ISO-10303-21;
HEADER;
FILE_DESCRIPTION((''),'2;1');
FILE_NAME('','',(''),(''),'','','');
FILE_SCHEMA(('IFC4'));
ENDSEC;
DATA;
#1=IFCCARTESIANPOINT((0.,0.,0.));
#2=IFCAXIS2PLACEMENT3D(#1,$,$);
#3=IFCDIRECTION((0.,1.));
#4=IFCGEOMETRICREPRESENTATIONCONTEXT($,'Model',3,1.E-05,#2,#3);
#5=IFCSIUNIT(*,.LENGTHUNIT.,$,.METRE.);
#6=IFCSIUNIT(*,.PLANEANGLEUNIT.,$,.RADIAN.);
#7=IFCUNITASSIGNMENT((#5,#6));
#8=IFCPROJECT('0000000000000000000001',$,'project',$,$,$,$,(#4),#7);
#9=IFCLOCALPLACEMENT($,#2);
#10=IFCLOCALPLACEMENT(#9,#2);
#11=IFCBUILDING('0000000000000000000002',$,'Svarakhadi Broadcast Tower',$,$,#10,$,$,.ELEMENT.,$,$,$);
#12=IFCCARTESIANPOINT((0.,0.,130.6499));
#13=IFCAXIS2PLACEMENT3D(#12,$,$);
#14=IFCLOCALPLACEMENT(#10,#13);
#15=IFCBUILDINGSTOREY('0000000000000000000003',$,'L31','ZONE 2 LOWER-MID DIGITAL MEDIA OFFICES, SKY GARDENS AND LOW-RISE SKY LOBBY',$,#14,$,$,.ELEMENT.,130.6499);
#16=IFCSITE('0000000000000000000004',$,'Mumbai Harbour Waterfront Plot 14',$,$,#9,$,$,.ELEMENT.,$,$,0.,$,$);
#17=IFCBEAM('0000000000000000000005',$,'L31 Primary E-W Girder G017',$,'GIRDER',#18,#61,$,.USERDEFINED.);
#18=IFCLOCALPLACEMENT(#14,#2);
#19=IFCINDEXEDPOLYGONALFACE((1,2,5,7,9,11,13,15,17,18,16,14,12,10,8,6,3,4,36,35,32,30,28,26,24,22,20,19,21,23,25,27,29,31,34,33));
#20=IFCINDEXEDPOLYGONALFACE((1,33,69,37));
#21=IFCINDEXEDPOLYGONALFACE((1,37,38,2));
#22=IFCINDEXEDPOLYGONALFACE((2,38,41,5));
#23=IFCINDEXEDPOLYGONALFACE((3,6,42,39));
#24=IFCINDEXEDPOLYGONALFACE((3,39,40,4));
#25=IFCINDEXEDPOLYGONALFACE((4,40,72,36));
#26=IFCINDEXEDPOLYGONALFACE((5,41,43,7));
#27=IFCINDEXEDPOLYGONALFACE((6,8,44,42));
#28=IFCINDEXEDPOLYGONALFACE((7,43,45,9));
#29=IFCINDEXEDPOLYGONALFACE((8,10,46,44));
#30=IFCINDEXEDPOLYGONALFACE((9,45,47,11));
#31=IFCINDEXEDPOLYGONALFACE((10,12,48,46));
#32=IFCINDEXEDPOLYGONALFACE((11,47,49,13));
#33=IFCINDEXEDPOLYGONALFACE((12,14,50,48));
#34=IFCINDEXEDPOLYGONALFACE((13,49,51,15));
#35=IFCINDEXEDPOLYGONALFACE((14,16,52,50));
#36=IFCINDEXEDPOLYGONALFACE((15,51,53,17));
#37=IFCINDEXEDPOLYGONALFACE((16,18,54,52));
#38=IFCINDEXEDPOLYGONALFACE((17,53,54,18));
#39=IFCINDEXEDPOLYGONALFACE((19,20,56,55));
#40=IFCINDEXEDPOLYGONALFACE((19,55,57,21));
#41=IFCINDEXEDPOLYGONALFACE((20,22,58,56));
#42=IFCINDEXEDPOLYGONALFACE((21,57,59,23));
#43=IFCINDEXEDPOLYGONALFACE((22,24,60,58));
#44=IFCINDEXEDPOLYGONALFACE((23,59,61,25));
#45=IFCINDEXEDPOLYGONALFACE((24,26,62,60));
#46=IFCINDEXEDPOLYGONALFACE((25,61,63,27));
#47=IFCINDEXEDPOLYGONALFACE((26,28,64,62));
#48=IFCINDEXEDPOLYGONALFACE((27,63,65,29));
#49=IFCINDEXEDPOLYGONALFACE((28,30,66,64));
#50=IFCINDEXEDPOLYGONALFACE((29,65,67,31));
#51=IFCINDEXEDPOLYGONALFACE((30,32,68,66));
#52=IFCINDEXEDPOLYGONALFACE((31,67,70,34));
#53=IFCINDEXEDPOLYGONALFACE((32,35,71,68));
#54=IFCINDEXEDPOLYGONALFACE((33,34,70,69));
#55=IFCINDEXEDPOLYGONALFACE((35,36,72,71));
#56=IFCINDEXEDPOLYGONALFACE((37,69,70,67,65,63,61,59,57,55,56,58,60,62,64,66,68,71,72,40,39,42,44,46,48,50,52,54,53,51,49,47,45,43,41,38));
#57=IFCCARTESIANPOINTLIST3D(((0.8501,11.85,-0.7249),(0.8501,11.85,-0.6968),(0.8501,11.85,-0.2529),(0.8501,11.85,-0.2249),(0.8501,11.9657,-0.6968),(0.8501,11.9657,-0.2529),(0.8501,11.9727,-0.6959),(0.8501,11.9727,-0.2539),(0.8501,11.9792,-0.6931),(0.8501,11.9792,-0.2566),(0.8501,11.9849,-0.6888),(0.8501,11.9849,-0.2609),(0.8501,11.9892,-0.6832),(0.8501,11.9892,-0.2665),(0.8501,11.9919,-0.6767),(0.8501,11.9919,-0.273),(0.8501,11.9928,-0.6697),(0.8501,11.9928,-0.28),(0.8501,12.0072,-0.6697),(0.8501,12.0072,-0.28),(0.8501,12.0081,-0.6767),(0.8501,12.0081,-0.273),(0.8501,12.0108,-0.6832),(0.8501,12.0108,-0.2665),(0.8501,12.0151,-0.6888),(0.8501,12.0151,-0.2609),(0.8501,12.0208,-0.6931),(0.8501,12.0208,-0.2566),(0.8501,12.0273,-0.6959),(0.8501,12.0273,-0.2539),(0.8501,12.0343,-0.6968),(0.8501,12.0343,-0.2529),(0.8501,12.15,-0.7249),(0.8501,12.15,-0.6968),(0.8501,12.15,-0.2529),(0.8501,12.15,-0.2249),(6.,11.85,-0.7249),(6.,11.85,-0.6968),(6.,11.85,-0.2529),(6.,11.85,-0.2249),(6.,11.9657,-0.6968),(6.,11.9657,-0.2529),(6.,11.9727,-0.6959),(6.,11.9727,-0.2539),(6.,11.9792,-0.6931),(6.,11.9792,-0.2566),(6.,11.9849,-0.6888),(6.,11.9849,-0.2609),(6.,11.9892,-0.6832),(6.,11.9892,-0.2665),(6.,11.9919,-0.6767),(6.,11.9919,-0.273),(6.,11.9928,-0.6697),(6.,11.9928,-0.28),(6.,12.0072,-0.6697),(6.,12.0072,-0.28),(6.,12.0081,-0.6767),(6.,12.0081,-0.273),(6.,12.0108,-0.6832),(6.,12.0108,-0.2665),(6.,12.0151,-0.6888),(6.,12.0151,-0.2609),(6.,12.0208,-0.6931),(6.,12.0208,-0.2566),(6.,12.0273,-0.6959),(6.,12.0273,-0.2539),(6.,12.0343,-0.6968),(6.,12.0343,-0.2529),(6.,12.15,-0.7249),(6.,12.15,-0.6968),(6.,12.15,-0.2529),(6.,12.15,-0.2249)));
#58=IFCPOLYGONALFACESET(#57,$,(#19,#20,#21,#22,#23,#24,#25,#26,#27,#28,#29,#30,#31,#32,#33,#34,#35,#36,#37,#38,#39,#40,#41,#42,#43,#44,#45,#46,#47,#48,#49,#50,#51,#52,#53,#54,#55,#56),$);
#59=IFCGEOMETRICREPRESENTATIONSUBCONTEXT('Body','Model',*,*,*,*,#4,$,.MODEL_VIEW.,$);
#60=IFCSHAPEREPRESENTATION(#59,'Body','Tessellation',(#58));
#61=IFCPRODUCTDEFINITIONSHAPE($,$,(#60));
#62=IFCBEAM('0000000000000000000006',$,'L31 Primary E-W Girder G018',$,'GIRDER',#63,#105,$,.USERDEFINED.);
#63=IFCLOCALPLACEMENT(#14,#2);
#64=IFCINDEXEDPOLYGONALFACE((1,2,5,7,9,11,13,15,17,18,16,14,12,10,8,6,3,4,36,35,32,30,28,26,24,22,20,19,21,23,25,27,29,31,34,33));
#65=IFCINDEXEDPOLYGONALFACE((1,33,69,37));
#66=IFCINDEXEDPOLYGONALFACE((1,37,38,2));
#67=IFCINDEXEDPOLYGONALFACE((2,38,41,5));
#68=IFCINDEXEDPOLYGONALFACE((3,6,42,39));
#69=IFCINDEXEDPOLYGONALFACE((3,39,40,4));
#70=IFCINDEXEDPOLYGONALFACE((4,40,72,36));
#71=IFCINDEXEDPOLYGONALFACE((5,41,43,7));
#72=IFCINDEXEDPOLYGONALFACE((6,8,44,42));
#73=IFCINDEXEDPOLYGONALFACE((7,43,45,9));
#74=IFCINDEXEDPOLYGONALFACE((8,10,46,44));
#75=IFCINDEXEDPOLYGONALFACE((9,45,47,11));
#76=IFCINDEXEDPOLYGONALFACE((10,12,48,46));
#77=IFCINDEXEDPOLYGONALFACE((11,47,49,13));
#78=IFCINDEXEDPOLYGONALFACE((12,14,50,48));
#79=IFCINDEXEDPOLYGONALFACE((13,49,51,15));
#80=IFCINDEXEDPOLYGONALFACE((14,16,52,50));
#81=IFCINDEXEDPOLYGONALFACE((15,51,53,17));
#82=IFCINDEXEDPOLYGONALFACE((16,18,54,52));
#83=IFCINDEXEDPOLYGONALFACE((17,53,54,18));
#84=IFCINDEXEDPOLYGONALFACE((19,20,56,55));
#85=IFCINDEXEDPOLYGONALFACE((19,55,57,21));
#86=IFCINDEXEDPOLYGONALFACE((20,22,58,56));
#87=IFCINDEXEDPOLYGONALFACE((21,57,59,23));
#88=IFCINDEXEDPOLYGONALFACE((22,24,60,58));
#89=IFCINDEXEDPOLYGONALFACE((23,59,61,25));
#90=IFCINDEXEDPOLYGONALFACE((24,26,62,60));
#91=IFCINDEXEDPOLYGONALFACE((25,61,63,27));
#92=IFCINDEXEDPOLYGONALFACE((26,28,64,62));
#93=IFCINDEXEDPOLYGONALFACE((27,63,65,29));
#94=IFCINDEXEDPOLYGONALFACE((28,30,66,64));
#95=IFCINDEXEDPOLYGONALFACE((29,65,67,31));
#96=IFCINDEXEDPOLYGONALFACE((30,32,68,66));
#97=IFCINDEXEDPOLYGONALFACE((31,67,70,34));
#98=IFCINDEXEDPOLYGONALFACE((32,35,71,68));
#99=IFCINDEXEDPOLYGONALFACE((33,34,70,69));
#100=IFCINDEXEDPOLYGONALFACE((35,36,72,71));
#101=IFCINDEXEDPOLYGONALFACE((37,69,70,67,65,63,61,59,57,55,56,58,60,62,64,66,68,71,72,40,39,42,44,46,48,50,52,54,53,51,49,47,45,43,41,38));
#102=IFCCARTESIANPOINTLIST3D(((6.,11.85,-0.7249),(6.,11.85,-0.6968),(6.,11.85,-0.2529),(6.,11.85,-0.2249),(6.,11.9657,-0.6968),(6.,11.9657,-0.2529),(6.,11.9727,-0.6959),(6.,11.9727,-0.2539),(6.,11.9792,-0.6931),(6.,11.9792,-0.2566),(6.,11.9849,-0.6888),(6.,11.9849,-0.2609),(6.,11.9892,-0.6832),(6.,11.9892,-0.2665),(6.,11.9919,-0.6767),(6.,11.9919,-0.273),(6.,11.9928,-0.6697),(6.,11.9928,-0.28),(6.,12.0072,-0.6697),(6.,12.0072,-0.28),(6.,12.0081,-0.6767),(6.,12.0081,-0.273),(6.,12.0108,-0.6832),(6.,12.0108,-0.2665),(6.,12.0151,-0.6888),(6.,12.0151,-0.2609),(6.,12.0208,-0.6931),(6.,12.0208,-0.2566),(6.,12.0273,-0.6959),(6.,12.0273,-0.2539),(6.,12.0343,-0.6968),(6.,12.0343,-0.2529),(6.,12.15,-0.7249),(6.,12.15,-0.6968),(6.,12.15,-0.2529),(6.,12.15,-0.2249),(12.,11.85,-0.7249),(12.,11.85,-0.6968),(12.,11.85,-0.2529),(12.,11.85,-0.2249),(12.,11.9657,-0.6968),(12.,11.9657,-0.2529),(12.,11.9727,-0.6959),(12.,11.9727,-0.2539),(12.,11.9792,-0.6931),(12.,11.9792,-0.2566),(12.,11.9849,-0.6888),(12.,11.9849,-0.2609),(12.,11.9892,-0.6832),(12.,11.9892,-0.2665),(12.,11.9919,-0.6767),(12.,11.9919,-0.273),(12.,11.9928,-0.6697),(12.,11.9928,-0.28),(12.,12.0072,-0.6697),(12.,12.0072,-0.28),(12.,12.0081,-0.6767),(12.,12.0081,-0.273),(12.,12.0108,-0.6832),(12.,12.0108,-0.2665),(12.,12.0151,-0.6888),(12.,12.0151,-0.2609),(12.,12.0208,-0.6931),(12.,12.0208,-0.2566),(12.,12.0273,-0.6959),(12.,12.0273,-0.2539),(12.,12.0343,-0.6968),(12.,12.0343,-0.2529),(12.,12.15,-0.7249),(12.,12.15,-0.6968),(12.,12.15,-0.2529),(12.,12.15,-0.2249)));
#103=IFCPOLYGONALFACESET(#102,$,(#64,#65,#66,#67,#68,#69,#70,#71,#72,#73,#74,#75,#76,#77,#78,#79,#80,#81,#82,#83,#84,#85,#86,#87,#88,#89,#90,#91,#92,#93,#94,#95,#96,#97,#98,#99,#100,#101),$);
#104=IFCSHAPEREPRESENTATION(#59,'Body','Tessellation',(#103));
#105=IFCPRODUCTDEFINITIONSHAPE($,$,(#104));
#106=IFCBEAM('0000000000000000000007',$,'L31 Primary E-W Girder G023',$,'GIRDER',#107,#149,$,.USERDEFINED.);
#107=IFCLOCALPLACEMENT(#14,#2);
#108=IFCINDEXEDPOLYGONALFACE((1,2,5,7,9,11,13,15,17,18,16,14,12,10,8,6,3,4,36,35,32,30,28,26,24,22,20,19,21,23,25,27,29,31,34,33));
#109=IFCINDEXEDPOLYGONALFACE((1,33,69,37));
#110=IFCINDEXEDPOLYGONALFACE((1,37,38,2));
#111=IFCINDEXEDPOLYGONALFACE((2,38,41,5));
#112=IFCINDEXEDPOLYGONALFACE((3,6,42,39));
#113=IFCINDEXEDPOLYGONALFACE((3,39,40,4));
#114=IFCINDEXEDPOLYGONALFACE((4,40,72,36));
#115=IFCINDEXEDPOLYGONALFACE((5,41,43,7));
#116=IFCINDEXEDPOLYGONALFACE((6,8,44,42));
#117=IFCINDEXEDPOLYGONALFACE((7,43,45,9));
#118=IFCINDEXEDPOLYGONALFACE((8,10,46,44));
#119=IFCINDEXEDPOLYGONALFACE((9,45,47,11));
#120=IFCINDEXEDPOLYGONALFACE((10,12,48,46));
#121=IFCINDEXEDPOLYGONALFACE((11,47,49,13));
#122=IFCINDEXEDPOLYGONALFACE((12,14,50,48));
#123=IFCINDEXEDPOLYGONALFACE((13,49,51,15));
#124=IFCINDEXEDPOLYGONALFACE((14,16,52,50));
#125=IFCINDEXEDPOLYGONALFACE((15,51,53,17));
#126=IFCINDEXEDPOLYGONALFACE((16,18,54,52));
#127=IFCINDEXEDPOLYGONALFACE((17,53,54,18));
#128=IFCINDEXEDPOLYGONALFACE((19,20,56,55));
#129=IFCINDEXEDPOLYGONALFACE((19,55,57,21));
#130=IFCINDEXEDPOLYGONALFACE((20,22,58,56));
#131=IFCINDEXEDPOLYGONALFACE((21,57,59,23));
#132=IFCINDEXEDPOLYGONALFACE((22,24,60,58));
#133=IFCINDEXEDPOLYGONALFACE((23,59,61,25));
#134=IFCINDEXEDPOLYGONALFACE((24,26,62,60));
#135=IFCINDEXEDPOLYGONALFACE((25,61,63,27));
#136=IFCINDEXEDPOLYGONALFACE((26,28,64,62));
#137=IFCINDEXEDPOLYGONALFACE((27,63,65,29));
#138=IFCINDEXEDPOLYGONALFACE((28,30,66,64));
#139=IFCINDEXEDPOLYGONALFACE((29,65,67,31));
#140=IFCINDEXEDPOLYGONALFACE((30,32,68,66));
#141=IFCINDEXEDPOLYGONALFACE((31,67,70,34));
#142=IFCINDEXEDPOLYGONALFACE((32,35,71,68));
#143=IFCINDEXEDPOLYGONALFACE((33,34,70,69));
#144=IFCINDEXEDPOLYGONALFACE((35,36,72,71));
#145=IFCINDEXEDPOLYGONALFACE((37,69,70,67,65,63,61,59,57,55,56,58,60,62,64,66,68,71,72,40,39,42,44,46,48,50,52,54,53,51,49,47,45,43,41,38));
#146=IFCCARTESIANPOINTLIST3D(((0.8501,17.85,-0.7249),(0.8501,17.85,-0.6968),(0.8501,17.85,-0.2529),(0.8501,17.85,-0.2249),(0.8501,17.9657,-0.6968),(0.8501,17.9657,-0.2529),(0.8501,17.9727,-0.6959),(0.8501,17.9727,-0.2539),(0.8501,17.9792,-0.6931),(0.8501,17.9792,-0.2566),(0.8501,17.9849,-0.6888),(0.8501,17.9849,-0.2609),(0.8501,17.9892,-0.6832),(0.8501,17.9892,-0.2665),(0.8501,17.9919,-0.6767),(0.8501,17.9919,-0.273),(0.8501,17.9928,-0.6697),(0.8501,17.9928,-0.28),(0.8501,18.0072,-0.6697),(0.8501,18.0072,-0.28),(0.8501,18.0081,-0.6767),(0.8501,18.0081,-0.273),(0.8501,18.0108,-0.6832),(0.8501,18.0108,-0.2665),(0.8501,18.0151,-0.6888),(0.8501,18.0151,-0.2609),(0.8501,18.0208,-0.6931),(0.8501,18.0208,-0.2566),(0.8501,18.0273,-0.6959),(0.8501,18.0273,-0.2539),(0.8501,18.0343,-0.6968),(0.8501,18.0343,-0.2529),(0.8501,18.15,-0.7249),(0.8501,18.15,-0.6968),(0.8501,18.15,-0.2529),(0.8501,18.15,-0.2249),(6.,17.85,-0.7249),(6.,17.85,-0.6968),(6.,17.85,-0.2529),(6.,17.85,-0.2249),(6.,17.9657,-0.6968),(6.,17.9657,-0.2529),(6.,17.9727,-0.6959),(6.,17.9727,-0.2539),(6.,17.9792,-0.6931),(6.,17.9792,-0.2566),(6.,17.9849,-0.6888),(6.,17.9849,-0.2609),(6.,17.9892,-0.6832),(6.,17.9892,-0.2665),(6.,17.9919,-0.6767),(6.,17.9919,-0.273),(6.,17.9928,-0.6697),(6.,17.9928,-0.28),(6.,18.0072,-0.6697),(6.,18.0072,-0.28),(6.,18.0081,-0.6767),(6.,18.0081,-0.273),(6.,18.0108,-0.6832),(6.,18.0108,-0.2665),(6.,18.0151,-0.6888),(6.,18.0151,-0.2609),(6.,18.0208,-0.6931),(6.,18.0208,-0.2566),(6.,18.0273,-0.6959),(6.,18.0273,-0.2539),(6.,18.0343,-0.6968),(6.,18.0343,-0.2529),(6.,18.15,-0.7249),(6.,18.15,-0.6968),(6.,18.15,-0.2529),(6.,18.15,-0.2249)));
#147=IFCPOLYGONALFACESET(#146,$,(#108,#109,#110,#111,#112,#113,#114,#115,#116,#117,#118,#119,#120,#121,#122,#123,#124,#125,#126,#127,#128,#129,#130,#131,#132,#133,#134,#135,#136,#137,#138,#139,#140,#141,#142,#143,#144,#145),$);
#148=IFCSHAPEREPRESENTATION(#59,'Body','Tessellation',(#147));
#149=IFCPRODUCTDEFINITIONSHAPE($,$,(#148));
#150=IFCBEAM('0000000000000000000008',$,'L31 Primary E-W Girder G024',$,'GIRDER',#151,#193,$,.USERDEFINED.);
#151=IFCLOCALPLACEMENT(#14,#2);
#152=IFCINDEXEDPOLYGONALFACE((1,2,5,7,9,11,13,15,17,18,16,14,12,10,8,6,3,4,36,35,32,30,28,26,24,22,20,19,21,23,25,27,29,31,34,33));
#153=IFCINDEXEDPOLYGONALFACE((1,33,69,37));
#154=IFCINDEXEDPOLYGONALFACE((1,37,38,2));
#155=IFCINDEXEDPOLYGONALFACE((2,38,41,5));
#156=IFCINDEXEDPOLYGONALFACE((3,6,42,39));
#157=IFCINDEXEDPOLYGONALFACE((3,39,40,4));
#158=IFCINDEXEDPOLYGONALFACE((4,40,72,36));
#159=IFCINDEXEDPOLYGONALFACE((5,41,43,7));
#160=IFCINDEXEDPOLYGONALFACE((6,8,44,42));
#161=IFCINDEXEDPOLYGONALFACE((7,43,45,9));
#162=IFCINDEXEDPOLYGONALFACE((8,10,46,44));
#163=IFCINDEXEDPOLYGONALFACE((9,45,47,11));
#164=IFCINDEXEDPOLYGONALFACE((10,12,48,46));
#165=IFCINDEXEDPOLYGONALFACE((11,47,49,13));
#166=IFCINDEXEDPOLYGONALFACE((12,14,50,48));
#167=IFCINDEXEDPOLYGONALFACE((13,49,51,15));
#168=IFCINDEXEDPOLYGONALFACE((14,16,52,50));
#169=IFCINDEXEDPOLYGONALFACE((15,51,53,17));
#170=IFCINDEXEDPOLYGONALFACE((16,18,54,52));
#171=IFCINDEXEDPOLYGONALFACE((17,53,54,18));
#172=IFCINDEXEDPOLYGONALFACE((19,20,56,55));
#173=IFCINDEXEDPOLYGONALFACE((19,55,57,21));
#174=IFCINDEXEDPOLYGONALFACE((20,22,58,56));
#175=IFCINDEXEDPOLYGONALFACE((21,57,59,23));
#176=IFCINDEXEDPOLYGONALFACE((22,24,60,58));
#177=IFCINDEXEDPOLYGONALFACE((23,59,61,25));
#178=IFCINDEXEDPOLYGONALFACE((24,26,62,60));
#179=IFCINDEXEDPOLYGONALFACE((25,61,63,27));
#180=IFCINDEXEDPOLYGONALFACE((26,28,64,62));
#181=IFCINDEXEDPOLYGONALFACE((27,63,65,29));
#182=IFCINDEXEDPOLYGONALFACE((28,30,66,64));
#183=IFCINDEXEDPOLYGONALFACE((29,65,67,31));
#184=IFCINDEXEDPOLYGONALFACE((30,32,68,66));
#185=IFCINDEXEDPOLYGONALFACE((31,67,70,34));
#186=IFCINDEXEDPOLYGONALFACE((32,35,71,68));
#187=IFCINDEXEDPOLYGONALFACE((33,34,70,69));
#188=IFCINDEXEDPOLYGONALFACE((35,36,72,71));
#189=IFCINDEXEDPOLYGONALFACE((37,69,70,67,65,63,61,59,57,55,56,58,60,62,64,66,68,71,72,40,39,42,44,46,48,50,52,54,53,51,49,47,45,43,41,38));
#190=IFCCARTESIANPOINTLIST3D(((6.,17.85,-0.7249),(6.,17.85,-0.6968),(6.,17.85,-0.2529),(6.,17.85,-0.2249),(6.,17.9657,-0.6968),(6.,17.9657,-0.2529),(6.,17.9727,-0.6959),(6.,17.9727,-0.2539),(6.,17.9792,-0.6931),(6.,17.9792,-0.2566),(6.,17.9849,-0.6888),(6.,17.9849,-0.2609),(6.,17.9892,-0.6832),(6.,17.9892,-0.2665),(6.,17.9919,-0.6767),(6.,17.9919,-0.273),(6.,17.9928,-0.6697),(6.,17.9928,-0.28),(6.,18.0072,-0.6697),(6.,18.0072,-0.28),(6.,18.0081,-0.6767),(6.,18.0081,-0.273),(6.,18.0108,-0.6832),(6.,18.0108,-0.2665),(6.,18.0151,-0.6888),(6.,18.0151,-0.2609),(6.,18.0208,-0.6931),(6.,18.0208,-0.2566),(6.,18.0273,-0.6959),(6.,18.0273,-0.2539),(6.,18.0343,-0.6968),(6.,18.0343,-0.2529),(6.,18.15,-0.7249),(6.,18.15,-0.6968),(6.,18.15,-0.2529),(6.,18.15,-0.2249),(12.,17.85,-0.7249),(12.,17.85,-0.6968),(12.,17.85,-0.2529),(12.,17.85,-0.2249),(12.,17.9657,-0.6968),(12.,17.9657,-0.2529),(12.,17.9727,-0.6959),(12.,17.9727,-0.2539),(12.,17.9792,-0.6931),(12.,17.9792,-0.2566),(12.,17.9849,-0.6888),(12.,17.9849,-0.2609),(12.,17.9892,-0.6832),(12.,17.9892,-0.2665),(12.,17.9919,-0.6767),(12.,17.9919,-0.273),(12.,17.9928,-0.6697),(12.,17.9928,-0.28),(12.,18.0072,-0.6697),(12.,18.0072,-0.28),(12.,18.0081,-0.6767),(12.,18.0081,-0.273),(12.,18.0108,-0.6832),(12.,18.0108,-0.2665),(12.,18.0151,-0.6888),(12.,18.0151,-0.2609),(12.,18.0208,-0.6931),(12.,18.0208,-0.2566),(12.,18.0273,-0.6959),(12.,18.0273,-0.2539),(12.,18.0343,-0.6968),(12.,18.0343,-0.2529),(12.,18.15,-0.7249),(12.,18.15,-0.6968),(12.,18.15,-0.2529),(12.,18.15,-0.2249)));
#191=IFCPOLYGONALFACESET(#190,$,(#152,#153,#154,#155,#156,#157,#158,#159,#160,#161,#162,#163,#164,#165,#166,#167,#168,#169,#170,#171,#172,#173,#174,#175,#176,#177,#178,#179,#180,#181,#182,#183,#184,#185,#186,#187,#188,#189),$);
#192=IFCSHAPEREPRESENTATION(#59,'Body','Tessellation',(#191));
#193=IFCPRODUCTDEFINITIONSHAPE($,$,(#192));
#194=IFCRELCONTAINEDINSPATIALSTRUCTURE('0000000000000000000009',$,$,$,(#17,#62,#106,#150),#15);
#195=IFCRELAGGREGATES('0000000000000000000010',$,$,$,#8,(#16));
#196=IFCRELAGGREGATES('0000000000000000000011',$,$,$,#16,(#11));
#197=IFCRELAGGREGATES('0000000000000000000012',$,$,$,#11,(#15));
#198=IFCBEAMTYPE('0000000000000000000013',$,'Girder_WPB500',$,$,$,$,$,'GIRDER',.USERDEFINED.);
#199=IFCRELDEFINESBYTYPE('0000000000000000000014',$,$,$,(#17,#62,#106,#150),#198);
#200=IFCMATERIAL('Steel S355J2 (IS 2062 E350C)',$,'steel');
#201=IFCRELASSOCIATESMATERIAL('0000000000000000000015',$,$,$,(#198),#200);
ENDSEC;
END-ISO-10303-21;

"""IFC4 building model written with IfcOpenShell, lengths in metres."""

from ifc_helpers import new_model, si_unit, direction, frame, origin, origin_2d, place, context, subcontext, project, spatial, i_section, extrude, material, material_profile, profile_set, type_object, element, save


model = new_model("IFC4")

# Units and contexts
model_context = context("Model", 3, precision=1e-05, world=origin(), true_north=direction((0.0, 1.0)))
body_context = subcontext(model_context, "Body", "Model", "MODEL_VIEW")
ifc_project = project(units=[si_unit("LENGTHUNIT", "METRE"), si_unit("PLANEANGLEUNIT", "RADIAN")], contexts=[model_context])

# Site, building, storey
site_placement = place(None, origin())
site = spatial("IfcSite", under=ifc_project, at=site_placement, Name="Mumbai Harbour Waterfront Plot 14", CompositionType="ELEMENT", RefElevation=0.0)
building_placement = place(site_placement, origin())
building = spatial("IfcBuilding", under=site, at=building_placement, Name="Svarakhadi Broadcast Tower", CompositionType="ELEMENT")
storey_placement = place(building_placement, frame((0.0, 0.0, 130.6499)))
storey = spatial("IfcBuildingStorey", under=building, at=storey_placement, Name="L31", Description="ZONE 2 LOWER-MID DIGITAL MEDIA OFFICES, SKY GARDENS AND LOW-RISE SKY LOBBY", CompositionType="ELEMENT", Elevation=130.6499)

# Shared definitions
ifc_material_1 = material(Name="Steel S355J2 (IS 2062 E350C)", Category="steel")

# Beams
ifc_material_profile_1 = material_profile(ifc_material_1, i_section(OverallWidth=0.3, OverallDepth=0.5, WebThickness=0.0144, FlangeThickness=0.0281, FilletRadius=0.0271, at=origin_2d()), Name="WPB 500x300x187")
ifc_profile_set_1 = profile_set([ifc_material_profile_1], Name="Steel S355J2 (IS 2062 E350C)")
beam_type_1 = type_object("IfcBeamType", Name="Girder_WPB500", ElementType="GIRDER", PredefinedType="USERDEFINED", material=ifc_profile_set_1)
beam_1_placement = place(storey_placement, frame((0.8501, 12.0, -0.4749), z_axis=(1.0, 0.0, 0.0), x_axis=(0.0, 1.0, 0.0)))
element("IfcBeam", 1, at=beam_1_placement, inside=storey, type_object=beam_type_1, Name="L31 Primary E-W Girder G017", ObjectType="GIRDER", PredefinedType="USERDEFINED", context=body_context, shape_type="SweptSolid", body=[
    extrude(i_section(OverallWidth=0.3, OverallDepth=0.5, WebThickness=0.0144, FlangeThickness=0.0281, FilletRadius=0.0271, at=origin_2d()), origin(), (0.0, 0.0, 1.0), 5.1499),
])
beam_2_placement = place(storey_placement, frame((6.0, 12.0, -0.4749), z_axis=(1.0, 0.0, 0.0), x_axis=(0.0, 1.0, 0.0)))
element("IfcBeam", 2, at=beam_2_placement, inside=storey, type_object=beam_type_1, Name="L31 Primary E-W Girder G018", ObjectType="GIRDER", PredefinedType="USERDEFINED", context=body_context, shape_type="SweptSolid", body=[
    extrude(i_section(OverallWidth=0.3, OverallDepth=0.5, WebThickness=0.0144, FlangeThickness=0.0281, FilletRadius=0.0271, at=origin_2d()), origin(), (0.0, 0.0, 1.0), 6.0),
])
beam_3_placement = place(storey_placement, frame((0.8501, 18.0, -0.4749), z_axis=(1.0, 0.0, 0.0), x_axis=(0.0, 1.0, 0.0)))
element("IfcBeam", 3, at=beam_3_placement, inside=storey, type_object=beam_type_1, Name="L31 Primary E-W Girder G023", ObjectType="GIRDER", PredefinedType="USERDEFINED", context=body_context, shape_type="SweptSolid", body=[
    extrude(i_section(OverallWidth=0.3, OverallDepth=0.5, WebThickness=0.0144, FlangeThickness=0.0281, FilletRadius=0.0271, at=origin_2d()), origin(), (0.0, 0.0, 1.0), 5.1499),
])
for number, where, z_axis, x_axis, name in (
    (4, (6.0, 18.0, -0.4749), (1.0, 0.0, 0.0), (0.0, 1.0, 0.0), "L31 Primary E-W Girder G024"),
):
    element("IfcBeam", number, at=place(storey_placement, frame(where, z_axis=z_axis, x_axis=x_axis)), inside=storey, type_object=beam_type_1, Name=name, ObjectType="GIRDER", PredefinedType="USERDEFINED", context=body_context, shape_type="SweptSolid", body=[
        extrude(i_section(OverallWidth=0.3, OverallDepth=0.5, WebThickness=0.0144, FlangeThickness=0.0281, FilletRadius=0.0271, at=origin_2d()), origin(), (0.0, 0.0, 1.0), 6.0),
    ])

save(model, "model.ifc")
